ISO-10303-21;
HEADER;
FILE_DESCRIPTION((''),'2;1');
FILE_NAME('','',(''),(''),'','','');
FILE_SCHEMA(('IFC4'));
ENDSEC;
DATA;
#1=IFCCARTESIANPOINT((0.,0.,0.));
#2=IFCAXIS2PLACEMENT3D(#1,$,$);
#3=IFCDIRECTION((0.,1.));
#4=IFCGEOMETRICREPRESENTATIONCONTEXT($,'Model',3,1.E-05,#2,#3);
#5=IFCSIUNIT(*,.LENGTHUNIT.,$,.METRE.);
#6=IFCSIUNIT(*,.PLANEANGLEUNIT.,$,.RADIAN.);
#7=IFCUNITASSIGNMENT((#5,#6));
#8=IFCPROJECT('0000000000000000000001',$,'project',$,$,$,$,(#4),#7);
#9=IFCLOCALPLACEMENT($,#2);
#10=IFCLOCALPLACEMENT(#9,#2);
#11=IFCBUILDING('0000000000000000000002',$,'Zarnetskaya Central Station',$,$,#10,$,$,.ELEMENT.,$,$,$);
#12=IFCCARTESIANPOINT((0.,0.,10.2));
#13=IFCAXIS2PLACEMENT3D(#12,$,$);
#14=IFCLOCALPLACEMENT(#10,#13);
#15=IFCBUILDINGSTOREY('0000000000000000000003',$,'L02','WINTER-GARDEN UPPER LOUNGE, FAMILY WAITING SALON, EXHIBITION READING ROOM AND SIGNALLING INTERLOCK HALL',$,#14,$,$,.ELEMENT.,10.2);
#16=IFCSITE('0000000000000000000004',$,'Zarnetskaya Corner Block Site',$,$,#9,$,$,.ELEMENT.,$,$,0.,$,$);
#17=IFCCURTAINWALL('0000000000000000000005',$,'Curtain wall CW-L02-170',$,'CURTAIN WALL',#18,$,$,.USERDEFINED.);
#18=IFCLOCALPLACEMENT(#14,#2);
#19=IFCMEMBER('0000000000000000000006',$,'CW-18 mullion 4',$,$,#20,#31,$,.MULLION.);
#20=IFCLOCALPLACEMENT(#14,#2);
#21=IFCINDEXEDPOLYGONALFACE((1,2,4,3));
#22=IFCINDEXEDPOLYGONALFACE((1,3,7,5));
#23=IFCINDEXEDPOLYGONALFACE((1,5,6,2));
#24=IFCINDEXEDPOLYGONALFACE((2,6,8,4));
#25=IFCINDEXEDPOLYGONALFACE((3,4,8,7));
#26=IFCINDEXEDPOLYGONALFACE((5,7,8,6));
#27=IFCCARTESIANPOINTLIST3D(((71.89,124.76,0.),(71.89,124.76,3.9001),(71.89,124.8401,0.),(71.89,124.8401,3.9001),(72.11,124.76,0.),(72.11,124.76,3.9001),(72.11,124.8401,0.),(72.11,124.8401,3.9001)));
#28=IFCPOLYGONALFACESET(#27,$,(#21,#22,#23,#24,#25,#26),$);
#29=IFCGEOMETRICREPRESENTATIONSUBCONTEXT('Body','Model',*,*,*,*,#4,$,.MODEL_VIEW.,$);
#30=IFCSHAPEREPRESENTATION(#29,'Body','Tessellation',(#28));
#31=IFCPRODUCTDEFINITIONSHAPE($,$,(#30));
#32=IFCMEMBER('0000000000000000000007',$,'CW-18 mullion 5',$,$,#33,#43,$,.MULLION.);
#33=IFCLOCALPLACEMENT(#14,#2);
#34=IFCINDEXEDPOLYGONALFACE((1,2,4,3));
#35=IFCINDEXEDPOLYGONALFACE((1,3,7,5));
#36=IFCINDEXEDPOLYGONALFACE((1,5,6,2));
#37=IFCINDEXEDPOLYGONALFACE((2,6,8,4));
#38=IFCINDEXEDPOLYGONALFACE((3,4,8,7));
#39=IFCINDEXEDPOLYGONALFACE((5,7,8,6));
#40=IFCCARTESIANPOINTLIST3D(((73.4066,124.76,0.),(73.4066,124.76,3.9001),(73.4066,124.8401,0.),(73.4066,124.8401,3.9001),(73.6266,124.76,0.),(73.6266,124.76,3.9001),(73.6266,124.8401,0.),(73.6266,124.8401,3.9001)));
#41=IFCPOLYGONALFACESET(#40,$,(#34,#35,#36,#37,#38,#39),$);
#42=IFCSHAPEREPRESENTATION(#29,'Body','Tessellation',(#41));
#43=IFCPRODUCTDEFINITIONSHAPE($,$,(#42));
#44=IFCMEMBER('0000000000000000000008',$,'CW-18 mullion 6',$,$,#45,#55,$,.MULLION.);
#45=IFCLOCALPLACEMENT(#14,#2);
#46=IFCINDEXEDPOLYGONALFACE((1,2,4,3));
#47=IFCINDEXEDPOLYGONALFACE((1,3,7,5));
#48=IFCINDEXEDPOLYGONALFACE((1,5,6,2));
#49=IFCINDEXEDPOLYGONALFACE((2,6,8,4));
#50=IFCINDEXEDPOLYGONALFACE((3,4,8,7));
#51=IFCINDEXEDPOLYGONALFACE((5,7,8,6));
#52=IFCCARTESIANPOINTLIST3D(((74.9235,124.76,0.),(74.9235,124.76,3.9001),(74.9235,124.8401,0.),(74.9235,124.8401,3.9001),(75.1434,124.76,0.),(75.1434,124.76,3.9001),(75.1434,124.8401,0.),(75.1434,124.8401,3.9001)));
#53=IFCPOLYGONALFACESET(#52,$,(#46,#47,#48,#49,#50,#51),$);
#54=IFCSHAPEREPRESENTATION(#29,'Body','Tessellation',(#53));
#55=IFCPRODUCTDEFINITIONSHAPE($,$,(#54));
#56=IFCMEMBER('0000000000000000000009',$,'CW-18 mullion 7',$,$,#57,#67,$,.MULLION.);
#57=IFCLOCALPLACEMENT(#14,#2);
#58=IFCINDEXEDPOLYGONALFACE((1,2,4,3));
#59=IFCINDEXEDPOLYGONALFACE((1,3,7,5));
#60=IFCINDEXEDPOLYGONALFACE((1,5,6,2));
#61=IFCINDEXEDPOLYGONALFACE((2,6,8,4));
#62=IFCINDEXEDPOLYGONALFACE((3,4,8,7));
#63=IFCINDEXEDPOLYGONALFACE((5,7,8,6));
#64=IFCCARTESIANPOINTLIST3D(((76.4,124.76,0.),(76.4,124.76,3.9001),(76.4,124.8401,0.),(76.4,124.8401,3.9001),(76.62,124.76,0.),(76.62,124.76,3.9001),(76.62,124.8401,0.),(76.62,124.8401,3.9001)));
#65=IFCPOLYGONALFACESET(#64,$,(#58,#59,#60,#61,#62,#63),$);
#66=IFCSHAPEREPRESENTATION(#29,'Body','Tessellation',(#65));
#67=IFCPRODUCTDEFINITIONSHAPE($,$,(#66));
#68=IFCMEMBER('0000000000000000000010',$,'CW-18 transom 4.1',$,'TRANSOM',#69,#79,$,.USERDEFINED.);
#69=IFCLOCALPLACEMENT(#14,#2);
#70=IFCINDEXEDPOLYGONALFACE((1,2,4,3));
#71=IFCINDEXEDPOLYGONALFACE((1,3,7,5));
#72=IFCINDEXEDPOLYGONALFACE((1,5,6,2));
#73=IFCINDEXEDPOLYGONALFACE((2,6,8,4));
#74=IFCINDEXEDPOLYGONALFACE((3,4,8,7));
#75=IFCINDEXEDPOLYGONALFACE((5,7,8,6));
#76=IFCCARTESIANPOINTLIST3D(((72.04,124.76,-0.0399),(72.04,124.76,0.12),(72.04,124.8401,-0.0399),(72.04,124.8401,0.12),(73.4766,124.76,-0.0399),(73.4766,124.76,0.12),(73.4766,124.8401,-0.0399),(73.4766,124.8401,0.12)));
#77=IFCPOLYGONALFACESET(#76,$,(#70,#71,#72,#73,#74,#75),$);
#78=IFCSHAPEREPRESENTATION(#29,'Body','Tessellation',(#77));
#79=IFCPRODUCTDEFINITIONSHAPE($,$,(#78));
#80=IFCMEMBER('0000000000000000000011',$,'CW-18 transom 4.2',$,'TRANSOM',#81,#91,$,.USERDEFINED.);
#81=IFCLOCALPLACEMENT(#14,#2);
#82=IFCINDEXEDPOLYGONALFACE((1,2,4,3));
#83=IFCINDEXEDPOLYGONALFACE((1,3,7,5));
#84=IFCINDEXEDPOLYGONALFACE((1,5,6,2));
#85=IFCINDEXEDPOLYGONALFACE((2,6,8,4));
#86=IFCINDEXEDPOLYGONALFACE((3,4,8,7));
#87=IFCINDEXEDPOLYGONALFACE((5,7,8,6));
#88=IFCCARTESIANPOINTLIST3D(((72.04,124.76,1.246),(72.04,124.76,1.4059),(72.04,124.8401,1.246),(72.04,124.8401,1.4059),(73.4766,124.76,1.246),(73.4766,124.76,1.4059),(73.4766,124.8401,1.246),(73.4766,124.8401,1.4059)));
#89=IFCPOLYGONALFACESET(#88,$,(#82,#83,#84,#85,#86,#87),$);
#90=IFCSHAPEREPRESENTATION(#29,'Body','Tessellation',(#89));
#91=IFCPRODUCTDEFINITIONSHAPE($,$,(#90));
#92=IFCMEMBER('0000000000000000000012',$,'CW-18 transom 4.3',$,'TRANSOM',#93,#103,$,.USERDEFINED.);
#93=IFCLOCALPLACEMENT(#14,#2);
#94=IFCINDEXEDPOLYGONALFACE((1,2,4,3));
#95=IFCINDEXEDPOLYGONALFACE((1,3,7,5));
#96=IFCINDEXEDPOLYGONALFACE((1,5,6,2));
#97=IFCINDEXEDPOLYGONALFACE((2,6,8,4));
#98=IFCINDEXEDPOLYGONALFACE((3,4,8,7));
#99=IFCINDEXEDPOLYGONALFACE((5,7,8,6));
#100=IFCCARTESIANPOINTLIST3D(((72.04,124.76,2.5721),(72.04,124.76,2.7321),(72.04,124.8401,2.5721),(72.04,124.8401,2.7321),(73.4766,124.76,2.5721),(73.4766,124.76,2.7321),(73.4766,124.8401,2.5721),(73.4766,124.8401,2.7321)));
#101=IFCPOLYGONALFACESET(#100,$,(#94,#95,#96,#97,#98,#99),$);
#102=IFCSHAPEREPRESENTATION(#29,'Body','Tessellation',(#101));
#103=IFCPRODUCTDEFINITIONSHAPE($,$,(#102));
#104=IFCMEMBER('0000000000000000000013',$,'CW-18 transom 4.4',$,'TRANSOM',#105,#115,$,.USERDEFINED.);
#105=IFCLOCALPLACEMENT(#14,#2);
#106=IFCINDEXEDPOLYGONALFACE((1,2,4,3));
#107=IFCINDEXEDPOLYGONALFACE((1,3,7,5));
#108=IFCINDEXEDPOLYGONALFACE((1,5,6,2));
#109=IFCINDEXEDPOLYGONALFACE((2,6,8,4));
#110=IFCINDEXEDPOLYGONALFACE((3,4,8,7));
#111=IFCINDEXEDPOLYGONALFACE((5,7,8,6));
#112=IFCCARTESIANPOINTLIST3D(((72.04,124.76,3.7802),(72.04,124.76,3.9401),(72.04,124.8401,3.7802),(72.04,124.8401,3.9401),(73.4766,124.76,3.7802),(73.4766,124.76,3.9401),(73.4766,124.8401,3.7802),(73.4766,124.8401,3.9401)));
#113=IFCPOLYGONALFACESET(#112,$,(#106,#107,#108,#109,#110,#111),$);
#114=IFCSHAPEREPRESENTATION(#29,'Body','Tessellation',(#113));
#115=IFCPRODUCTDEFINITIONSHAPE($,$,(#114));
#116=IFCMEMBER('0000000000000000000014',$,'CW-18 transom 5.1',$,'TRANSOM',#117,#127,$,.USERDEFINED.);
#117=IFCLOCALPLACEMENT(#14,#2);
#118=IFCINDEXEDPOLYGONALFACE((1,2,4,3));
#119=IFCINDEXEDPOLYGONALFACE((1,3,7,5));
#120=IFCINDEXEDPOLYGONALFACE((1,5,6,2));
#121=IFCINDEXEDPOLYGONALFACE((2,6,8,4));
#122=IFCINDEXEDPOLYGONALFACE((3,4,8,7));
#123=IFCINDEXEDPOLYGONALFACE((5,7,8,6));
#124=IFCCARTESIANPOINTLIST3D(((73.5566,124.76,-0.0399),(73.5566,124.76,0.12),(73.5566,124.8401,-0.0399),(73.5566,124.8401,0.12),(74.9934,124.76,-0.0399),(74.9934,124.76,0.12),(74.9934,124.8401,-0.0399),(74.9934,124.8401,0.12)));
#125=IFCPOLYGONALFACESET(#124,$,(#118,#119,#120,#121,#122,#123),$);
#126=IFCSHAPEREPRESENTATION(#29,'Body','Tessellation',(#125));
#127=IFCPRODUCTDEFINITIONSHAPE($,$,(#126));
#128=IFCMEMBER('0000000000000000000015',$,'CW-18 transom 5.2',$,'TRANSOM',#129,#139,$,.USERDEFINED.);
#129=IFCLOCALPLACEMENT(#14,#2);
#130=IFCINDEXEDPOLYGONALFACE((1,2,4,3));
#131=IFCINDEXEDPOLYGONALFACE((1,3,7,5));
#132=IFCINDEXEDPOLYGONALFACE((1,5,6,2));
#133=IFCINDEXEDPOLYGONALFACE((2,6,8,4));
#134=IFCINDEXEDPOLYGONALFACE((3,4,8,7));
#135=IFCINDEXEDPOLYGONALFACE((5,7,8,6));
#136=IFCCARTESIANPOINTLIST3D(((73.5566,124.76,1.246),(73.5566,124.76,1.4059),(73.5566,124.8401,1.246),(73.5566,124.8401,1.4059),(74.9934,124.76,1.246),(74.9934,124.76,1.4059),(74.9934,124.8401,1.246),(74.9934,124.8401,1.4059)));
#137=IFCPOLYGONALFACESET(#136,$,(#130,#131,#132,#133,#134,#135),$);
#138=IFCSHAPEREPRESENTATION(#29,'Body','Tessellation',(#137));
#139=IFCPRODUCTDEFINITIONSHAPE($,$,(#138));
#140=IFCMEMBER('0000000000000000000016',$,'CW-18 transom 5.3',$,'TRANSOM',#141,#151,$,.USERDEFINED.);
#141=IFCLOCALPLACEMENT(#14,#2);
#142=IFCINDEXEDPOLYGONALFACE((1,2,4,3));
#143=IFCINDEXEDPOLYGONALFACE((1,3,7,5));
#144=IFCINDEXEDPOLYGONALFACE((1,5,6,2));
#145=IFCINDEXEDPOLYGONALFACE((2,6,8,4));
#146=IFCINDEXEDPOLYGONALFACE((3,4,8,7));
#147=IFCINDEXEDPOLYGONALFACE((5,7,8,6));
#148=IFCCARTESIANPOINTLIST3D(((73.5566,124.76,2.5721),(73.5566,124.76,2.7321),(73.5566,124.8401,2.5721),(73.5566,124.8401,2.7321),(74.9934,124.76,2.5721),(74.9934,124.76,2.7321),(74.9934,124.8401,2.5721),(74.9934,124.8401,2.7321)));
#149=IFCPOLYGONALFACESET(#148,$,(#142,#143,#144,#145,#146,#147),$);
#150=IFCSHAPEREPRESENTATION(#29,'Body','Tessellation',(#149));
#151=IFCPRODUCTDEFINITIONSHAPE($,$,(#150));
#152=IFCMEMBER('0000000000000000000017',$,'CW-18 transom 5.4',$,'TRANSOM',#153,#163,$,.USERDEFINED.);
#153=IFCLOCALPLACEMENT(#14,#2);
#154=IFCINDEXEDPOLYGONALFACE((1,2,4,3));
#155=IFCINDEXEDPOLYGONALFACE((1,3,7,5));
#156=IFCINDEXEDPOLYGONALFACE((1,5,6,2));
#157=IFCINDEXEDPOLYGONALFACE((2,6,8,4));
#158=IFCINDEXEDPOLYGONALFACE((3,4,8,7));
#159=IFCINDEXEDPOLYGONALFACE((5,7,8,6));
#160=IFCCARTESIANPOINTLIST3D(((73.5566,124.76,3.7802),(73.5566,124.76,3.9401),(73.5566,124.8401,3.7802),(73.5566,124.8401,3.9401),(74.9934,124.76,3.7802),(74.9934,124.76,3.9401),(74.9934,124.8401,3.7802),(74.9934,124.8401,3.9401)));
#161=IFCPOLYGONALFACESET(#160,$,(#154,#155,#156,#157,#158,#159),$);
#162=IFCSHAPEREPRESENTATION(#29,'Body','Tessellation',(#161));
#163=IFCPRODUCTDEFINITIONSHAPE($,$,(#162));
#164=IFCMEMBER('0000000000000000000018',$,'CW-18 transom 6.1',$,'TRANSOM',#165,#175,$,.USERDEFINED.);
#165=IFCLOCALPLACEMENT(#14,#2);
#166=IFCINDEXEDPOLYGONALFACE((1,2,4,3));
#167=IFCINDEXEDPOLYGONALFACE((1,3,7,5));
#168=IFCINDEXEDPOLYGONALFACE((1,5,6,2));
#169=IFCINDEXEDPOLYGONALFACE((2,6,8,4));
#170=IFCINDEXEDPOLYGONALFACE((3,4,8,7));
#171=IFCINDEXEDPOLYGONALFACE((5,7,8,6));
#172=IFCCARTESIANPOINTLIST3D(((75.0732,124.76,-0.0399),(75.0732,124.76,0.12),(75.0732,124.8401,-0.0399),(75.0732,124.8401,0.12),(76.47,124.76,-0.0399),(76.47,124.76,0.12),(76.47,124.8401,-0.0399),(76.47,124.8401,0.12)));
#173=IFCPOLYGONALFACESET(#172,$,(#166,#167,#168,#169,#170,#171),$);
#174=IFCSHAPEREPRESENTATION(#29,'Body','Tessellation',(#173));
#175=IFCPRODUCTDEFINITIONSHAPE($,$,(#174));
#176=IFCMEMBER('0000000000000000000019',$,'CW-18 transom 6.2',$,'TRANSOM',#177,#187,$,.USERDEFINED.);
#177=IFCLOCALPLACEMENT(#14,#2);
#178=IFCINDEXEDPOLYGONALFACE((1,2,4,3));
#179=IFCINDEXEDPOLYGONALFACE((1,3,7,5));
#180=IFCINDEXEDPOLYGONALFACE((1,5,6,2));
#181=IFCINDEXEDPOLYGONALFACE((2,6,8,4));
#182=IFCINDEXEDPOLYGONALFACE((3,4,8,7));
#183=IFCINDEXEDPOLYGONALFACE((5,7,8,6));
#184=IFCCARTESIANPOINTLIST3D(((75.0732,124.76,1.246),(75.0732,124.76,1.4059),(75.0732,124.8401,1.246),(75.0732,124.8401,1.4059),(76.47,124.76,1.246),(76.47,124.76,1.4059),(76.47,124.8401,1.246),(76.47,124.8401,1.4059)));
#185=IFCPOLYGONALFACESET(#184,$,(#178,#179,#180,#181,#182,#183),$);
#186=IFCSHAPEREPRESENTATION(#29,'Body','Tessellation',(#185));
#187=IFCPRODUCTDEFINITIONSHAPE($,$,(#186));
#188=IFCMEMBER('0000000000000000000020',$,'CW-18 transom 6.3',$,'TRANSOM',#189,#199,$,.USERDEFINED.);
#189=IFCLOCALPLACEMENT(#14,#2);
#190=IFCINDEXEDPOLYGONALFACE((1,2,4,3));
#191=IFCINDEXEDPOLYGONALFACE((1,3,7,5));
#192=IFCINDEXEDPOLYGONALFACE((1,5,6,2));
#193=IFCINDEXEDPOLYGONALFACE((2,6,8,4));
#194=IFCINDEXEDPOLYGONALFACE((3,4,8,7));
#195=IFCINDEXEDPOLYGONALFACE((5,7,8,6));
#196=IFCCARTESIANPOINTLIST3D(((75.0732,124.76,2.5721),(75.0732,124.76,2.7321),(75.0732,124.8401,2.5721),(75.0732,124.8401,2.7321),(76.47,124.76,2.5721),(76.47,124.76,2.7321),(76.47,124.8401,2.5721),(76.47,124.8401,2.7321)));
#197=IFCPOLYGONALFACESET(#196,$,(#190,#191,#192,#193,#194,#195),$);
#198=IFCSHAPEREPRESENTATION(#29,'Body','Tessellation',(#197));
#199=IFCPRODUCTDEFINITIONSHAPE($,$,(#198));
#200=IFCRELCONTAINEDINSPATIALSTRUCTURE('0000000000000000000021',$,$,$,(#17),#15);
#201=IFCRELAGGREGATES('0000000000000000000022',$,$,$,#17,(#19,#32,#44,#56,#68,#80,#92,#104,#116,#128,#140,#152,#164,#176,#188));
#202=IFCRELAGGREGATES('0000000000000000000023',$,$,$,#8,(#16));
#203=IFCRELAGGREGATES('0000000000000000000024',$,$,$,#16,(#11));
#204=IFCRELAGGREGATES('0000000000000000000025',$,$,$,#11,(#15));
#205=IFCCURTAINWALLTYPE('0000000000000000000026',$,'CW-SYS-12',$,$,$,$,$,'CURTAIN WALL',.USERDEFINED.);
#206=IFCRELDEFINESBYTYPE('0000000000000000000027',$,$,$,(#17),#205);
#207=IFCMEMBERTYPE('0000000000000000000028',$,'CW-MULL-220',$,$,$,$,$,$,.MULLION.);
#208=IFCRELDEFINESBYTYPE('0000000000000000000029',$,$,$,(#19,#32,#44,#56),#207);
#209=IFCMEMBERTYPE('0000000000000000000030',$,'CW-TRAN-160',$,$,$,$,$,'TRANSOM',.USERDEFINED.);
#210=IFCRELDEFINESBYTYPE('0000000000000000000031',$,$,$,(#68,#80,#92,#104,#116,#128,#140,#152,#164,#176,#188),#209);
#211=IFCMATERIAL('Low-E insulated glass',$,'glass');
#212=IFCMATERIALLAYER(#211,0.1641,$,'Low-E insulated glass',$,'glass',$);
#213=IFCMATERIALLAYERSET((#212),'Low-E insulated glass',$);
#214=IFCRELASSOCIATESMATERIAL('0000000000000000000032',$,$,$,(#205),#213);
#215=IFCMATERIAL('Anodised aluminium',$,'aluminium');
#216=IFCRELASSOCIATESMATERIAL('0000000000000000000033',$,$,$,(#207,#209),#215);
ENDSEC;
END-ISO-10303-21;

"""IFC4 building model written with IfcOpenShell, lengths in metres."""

from ifc_helpers import new_model, si_unit, direction, frame, origin, origin_2d, place, context, subcontext, project, spatial, rectangle, extrude, material, layer, layer_set, material_profile, profile_set, type_object, element, aggregate, save


model = new_model("IFC4")

# Units and contexts
model_context = context("Model", 3, precision=1e-05, world=origin(), true_north=direction((0.0, 1.0)))
body_context = subcontext(model_context, "Body", "Model", "MODEL_VIEW")
ifc_project = project(units=[si_unit("LENGTHUNIT", "METRE"), si_unit("PLANEANGLEUNIT", "RADIAN")], contexts=[model_context])

# Site, building, storey
site_placement = place(None, origin())
site = spatial("IfcSite", under=ifc_project, at=site_placement, Name="Zarnetskaya Corner Block Site", CompositionType="ELEMENT", RefElevation=0.0)
building_placement = place(site_placement, origin())
building = spatial("IfcBuilding", under=site, at=building_placement, Name="Zarnetskaya Central Station", CompositionType="ELEMENT")
storey_placement = place(building_placement, frame((0.0, 0.0, 10.2)))
storey = spatial("IfcBuildingStorey", under=building, at=storey_placement, Name="L02", Description="WINTER-GARDEN UPPER LOUNGE, FAMILY WAITING SALON, EXHIBITION READING ROOM AND SIGNALLING INTERLOCK HALL", CompositionType="ELEMENT", Elevation=10.2)

# Curtain wall, members
ifc_material_1 = material(Name="Low-E insulated glass", Category="glass")
ifc_layer_1 = layer(ifc_material_1, 0.1641, Name="Low-E insulated glass", Category="glass")
ifc_layer_set_1 = layer_set([ifc_layer_1], Name="Low-E insulated glass")
curtain_wall_type = type_object("IfcCurtainWallType", Name="CW-SYS-12", ElementType="CURTAIN WALL", PredefinedType="USERDEFINED", material=ifc_layer_set_1)
curtain_wall_placement = place(storey_placement, origin())
curtain_wall = element("IfcCurtainWall", 1, at=curtain_wall_placement, inside=storey, type_object=curtain_wall_type, Name="Curtain wall CW-L02-170", ObjectType="CURTAIN WALL", PredefinedType="USERDEFINED")
ifc_material_2 = material(Name="Anodised aluminium", Category="aluminium")
ifc_material_profile_1 = material_profile(ifc_material_2, rectangle(XDim=0.0801, YDim=0.22, at=origin_2d()), Name="ALU MULL 80x220")
ifc_profile_set_1 = profile_set([ifc_material_profile_1], Name="Anodised aluminium")
member_type_1 = type_object("IfcMemberType", Name="CW-MULL-220", PredefinedType="MULLION", material=ifc_profile_set_1)
member_1_placement = place(storey_placement, frame((72.0, 124.8, 0.0), z_axis=(0.0, 0.0, 1.0), x_axis=(0.0, 1.0, 0.0)))
member_1 = element("IfcMember", 2, at=member_1_placement, type_object=member_type_1, Name="CW-18 mullion 4", PredefinedType="MULLION", context=body_context, shape_type="SweptSolid", body=[
    extrude(rectangle(XDim=0.0801, YDim=0.22, at=origin_2d()), origin(), (0.0, 0.0, 1.0), 3.9001),
])
member_2_placement = place(storey_placement, frame((73.5166, 124.8, 0.0), z_axis=(0.0, 0.0, 1.0), x_axis=(0.0, 1.0, 0.0)))
member_2 = element("IfcMember", 3, at=member_2_placement, type_object=member_type_1, Name="CW-18 mullion 5", PredefinedType="MULLION", context=body_context, shape_type="SweptSolid", body=[
    extrude(rectangle(XDim=0.0801, YDim=0.22, at=origin_2d()), origin(), (0.0, 0.0, 1.0), 3.9001),
])
member_3_placement = place(storey_placement, frame((75.0334, 124.8, 0.0), z_axis=(0.0, 0.0, 1.0), x_axis=(0.0, 1.0, 0.0)))
member_3 = element("IfcMember", 4, at=member_3_placement, type_object=member_type_1, Name="CW-18 mullion 6", PredefinedType="MULLION", context=body_context, shape_type="SweptSolid", body=[
    extrude(rectangle(XDim=0.0801, YDim=0.22, at=origin_2d()), origin(), (0.0, 0.0, 1.0), 3.9001),
])
member_4_placement = place(storey_placement, frame((76.51, 124.8, 0.0), z_axis=(0.0, 0.0, 1.0), x_axis=(0.0, 1.0, 0.0)))
member_4 = element("IfcMember", 5, at=member_4_placement, type_object=member_type_1, Name="CW-18 mullion 7", PredefinedType="MULLION", context=body_context, shape_type="SweptSolid", body=[
    extrude(rectangle(XDim=0.0801, YDim=0.22, at=origin_2d()), origin(), (0.0, 0.0, 1.0), 3.9001),
])
ifc_material_profile_2 = material_profile(ifc_material_2, rectangle(XDim=0.0801, YDim=0.1599, at=origin_2d()), Name="ALU TRAN 80x160")
ifc_profile_set_2 = profile_set([ifc_material_profile_2], Name="Anodised aluminium")
member_type_2 = type_object("IfcMemberType", Name="CW-TRAN-160", ElementType="TRANSOM", PredefinedType="USERDEFINED", material=ifc_profile_set_2)
member_5_placement = place(storey_placement, frame((72.04, 124.8, 0.04), z_axis=(1.0, 0.0, 0.0), x_axis=(0.0, 1.0, 0.0)))
member_5 = element("IfcMember", 6, at=member_5_placement, type_object=member_type_2, Name="CW-18 transom 4.1", ObjectType="TRANSOM", PredefinedType="USERDEFINED", context=body_context, shape_type="SweptSolid", body=[
    extrude(rectangle(XDim=0.0801, YDim=0.1599, at=origin_2d()), origin(), (0.0, 0.0, 1.0), 1.4365),
])
member_6_placement = place(storey_placement, frame((72.04, 124.8, 1.3259), z_axis=(1.0, 0.0, 0.0), x_axis=(0.0, 1.0, 0.0)))
member_6 = element("IfcMember", 7, at=member_6_placement, type_object=member_type_2, Name="CW-18 transom 4.2", ObjectType="TRANSOM", PredefinedType="USERDEFINED", context=body_context, shape_type="SweptSolid", body=[
    extrude(rectangle(XDim=0.0801, YDim=0.1599, at=origin_2d()), origin(), (0.0, 0.0, 1.0), 1.4365),
])
member_7_placement = place(storey_placement, frame((72.04, 124.8, 2.6521), z_axis=(1.0, 0.0, 0.0), x_axis=(0.0, 1.0, 0.0)))
member_7 = element("IfcMember", 8, at=member_7_placement, type_object=member_type_2, Name="CW-18 transom 4.3", ObjectType="TRANSOM", PredefinedType="USERDEFINED", context=body_context, shape_type="SweptSolid", body=[
    extrude(rectangle(XDim=0.0801, YDim=0.1599, at=origin_2d()), origin(), (0.0, 0.0, 1.0), 1.4365),
])
member_8_placement = place(storey_placement, frame((72.04, 124.8, 3.8601), z_axis=(1.0, 0.0, 0.0), x_axis=(0.0, 1.0, 0.0)))
member_8 = element("IfcMember", 9, at=member_8_placement, type_object=member_type_2, Name="CW-18 transom 4.4", ObjectType="TRANSOM", PredefinedType="USERDEFINED", context=body_context, shape_type="SweptSolid", body=[
    extrude(rectangle(XDim=0.0801, YDim=0.1599, at=origin_2d()), origin(), (0.0, 0.0, 1.0), 1.4365),
])
member_9_placement = place(storey_placement, frame((73.5566, 124.8, 0.04), z_axis=(1.0, 0.0, 0.0), x_axis=(0.0, 1.0, 0.0)))
member_9 = element("IfcMember", 10, at=member_9_placement, type_object=member_type_2, Name="CW-18 transom 5.1", ObjectType="TRANSOM", PredefinedType="USERDEFINED", context=body_context, shape_type="SweptSolid", body=[
    extrude(rectangle(XDim=0.0801, YDim=0.1599, at=origin_2d()), origin(), (0.0, 0.0, 1.0), 1.4368),
])
member_10_placement = place(storey_placement, frame((73.5566, 124.8, 1.3259), z_axis=(1.0, 0.0, 0.0), x_axis=(0.0, 1.0, 0.0)))
member_10 = element("IfcMember", 11, at=member_10_placement, type_object=member_type_2, Name="CW-18 transom 5.2", ObjectType="TRANSOM", PredefinedType="USERDEFINED", context=body_context, shape_type="SweptSolid", body=[
    extrude(rectangle(XDim=0.0801, YDim=0.1599, at=origin_2d()), origin(), (0.0, 0.0, 1.0), 1.4368),
])
member_11_placement = place(storey_placement, frame((73.5566, 124.8, 2.6521), z_axis=(1.0, 0.0, 0.0), x_axis=(0.0, 1.0, 0.0)))
member_11 = element("IfcMember", 12, at=member_11_placement, type_object=member_type_2, Name="CW-18 transom 5.3", ObjectType="TRANSOM", PredefinedType="USERDEFINED", context=body_context, shape_type="SweptSolid", body=[
    extrude(rectangle(XDim=0.0801, YDim=0.1599, at=origin_2d()), origin(), (0.0, 0.0, 1.0), 1.4368),
])
member_12_placement = place(storey_placement, frame((73.5566, 124.8, 3.8601), z_axis=(1.0, 0.0, 0.0), x_axis=(0.0, 1.0, 0.0)))
member_12 = element("IfcMember", 13, at=member_12_placement, type_object=member_type_2, Name="CW-18 transom 5.4", ObjectType="TRANSOM", PredefinedType="USERDEFINED", context=body_context, shape_type="SweptSolid", body=[
    extrude(rectangle(XDim=0.0801, YDim=0.1599, at=origin_2d()), origin(), (0.0, 0.0, 1.0), 1.4368),
])
member_13_placement = place(storey_placement, frame((75.0732, 124.8, 0.04), z_axis=(1.0, 0.0, 0.0), x_axis=(0.0, 1.0, 0.0)))
member_13 = element("IfcMember", 14, at=member_13_placement, type_object=member_type_2, Name="CW-18 transom 6.1", ObjectType="TRANSOM", PredefinedType="USERDEFINED", context=body_context, shape_type="SweptSolid", body=[
    extrude(rectangle(XDim=0.0801, YDim=0.1599, at=origin_2d()), origin(), (0.0, 0.0, 1.0), 1.3967),
])
member_14_placement = place(storey_placement, frame((75.0732, 124.8, 1.3259), z_axis=(1.0, 0.0, 0.0), x_axis=(0.0, 1.0, 0.0)))
member_14 = element("IfcMember", 15, at=member_14_placement, type_object=member_type_2, Name="CW-18 transom 6.2", ObjectType="TRANSOM", PredefinedType="USERDEFINED", context=body_context, shape_type="SweptSolid", body=[
    extrude(rectangle(XDim=0.0801, YDim=0.1599, at=origin_2d()), origin(), (0.0, 0.0, 1.0), 1.3967),
])
member_15_placement = place(storey_placement, frame((75.0732, 124.8, 2.6521), z_axis=(1.0, 0.0, 0.0), x_axis=(0.0, 1.0, 0.0)))
member_15 = element("IfcMember", 16, at=member_15_placement, type_object=member_type_2, Name="CW-18 transom 6.3", ObjectType="TRANSOM", PredefinedType="USERDEFINED", context=body_context, shape_type="SweptSolid", body=[
    extrude(rectangle(XDim=0.0801, YDim=0.1599, at=origin_2d()), origin(), (0.0, 0.0, 1.0), 1.3967),
])
aggregate(curtain_wall, [member_1, member_2, member_3, member_4, member_5, member_6, member_7, member_8, member_9, member_10, member_11, member_12, member_13, member_14, member_15])

save(model, "model.ifc")
